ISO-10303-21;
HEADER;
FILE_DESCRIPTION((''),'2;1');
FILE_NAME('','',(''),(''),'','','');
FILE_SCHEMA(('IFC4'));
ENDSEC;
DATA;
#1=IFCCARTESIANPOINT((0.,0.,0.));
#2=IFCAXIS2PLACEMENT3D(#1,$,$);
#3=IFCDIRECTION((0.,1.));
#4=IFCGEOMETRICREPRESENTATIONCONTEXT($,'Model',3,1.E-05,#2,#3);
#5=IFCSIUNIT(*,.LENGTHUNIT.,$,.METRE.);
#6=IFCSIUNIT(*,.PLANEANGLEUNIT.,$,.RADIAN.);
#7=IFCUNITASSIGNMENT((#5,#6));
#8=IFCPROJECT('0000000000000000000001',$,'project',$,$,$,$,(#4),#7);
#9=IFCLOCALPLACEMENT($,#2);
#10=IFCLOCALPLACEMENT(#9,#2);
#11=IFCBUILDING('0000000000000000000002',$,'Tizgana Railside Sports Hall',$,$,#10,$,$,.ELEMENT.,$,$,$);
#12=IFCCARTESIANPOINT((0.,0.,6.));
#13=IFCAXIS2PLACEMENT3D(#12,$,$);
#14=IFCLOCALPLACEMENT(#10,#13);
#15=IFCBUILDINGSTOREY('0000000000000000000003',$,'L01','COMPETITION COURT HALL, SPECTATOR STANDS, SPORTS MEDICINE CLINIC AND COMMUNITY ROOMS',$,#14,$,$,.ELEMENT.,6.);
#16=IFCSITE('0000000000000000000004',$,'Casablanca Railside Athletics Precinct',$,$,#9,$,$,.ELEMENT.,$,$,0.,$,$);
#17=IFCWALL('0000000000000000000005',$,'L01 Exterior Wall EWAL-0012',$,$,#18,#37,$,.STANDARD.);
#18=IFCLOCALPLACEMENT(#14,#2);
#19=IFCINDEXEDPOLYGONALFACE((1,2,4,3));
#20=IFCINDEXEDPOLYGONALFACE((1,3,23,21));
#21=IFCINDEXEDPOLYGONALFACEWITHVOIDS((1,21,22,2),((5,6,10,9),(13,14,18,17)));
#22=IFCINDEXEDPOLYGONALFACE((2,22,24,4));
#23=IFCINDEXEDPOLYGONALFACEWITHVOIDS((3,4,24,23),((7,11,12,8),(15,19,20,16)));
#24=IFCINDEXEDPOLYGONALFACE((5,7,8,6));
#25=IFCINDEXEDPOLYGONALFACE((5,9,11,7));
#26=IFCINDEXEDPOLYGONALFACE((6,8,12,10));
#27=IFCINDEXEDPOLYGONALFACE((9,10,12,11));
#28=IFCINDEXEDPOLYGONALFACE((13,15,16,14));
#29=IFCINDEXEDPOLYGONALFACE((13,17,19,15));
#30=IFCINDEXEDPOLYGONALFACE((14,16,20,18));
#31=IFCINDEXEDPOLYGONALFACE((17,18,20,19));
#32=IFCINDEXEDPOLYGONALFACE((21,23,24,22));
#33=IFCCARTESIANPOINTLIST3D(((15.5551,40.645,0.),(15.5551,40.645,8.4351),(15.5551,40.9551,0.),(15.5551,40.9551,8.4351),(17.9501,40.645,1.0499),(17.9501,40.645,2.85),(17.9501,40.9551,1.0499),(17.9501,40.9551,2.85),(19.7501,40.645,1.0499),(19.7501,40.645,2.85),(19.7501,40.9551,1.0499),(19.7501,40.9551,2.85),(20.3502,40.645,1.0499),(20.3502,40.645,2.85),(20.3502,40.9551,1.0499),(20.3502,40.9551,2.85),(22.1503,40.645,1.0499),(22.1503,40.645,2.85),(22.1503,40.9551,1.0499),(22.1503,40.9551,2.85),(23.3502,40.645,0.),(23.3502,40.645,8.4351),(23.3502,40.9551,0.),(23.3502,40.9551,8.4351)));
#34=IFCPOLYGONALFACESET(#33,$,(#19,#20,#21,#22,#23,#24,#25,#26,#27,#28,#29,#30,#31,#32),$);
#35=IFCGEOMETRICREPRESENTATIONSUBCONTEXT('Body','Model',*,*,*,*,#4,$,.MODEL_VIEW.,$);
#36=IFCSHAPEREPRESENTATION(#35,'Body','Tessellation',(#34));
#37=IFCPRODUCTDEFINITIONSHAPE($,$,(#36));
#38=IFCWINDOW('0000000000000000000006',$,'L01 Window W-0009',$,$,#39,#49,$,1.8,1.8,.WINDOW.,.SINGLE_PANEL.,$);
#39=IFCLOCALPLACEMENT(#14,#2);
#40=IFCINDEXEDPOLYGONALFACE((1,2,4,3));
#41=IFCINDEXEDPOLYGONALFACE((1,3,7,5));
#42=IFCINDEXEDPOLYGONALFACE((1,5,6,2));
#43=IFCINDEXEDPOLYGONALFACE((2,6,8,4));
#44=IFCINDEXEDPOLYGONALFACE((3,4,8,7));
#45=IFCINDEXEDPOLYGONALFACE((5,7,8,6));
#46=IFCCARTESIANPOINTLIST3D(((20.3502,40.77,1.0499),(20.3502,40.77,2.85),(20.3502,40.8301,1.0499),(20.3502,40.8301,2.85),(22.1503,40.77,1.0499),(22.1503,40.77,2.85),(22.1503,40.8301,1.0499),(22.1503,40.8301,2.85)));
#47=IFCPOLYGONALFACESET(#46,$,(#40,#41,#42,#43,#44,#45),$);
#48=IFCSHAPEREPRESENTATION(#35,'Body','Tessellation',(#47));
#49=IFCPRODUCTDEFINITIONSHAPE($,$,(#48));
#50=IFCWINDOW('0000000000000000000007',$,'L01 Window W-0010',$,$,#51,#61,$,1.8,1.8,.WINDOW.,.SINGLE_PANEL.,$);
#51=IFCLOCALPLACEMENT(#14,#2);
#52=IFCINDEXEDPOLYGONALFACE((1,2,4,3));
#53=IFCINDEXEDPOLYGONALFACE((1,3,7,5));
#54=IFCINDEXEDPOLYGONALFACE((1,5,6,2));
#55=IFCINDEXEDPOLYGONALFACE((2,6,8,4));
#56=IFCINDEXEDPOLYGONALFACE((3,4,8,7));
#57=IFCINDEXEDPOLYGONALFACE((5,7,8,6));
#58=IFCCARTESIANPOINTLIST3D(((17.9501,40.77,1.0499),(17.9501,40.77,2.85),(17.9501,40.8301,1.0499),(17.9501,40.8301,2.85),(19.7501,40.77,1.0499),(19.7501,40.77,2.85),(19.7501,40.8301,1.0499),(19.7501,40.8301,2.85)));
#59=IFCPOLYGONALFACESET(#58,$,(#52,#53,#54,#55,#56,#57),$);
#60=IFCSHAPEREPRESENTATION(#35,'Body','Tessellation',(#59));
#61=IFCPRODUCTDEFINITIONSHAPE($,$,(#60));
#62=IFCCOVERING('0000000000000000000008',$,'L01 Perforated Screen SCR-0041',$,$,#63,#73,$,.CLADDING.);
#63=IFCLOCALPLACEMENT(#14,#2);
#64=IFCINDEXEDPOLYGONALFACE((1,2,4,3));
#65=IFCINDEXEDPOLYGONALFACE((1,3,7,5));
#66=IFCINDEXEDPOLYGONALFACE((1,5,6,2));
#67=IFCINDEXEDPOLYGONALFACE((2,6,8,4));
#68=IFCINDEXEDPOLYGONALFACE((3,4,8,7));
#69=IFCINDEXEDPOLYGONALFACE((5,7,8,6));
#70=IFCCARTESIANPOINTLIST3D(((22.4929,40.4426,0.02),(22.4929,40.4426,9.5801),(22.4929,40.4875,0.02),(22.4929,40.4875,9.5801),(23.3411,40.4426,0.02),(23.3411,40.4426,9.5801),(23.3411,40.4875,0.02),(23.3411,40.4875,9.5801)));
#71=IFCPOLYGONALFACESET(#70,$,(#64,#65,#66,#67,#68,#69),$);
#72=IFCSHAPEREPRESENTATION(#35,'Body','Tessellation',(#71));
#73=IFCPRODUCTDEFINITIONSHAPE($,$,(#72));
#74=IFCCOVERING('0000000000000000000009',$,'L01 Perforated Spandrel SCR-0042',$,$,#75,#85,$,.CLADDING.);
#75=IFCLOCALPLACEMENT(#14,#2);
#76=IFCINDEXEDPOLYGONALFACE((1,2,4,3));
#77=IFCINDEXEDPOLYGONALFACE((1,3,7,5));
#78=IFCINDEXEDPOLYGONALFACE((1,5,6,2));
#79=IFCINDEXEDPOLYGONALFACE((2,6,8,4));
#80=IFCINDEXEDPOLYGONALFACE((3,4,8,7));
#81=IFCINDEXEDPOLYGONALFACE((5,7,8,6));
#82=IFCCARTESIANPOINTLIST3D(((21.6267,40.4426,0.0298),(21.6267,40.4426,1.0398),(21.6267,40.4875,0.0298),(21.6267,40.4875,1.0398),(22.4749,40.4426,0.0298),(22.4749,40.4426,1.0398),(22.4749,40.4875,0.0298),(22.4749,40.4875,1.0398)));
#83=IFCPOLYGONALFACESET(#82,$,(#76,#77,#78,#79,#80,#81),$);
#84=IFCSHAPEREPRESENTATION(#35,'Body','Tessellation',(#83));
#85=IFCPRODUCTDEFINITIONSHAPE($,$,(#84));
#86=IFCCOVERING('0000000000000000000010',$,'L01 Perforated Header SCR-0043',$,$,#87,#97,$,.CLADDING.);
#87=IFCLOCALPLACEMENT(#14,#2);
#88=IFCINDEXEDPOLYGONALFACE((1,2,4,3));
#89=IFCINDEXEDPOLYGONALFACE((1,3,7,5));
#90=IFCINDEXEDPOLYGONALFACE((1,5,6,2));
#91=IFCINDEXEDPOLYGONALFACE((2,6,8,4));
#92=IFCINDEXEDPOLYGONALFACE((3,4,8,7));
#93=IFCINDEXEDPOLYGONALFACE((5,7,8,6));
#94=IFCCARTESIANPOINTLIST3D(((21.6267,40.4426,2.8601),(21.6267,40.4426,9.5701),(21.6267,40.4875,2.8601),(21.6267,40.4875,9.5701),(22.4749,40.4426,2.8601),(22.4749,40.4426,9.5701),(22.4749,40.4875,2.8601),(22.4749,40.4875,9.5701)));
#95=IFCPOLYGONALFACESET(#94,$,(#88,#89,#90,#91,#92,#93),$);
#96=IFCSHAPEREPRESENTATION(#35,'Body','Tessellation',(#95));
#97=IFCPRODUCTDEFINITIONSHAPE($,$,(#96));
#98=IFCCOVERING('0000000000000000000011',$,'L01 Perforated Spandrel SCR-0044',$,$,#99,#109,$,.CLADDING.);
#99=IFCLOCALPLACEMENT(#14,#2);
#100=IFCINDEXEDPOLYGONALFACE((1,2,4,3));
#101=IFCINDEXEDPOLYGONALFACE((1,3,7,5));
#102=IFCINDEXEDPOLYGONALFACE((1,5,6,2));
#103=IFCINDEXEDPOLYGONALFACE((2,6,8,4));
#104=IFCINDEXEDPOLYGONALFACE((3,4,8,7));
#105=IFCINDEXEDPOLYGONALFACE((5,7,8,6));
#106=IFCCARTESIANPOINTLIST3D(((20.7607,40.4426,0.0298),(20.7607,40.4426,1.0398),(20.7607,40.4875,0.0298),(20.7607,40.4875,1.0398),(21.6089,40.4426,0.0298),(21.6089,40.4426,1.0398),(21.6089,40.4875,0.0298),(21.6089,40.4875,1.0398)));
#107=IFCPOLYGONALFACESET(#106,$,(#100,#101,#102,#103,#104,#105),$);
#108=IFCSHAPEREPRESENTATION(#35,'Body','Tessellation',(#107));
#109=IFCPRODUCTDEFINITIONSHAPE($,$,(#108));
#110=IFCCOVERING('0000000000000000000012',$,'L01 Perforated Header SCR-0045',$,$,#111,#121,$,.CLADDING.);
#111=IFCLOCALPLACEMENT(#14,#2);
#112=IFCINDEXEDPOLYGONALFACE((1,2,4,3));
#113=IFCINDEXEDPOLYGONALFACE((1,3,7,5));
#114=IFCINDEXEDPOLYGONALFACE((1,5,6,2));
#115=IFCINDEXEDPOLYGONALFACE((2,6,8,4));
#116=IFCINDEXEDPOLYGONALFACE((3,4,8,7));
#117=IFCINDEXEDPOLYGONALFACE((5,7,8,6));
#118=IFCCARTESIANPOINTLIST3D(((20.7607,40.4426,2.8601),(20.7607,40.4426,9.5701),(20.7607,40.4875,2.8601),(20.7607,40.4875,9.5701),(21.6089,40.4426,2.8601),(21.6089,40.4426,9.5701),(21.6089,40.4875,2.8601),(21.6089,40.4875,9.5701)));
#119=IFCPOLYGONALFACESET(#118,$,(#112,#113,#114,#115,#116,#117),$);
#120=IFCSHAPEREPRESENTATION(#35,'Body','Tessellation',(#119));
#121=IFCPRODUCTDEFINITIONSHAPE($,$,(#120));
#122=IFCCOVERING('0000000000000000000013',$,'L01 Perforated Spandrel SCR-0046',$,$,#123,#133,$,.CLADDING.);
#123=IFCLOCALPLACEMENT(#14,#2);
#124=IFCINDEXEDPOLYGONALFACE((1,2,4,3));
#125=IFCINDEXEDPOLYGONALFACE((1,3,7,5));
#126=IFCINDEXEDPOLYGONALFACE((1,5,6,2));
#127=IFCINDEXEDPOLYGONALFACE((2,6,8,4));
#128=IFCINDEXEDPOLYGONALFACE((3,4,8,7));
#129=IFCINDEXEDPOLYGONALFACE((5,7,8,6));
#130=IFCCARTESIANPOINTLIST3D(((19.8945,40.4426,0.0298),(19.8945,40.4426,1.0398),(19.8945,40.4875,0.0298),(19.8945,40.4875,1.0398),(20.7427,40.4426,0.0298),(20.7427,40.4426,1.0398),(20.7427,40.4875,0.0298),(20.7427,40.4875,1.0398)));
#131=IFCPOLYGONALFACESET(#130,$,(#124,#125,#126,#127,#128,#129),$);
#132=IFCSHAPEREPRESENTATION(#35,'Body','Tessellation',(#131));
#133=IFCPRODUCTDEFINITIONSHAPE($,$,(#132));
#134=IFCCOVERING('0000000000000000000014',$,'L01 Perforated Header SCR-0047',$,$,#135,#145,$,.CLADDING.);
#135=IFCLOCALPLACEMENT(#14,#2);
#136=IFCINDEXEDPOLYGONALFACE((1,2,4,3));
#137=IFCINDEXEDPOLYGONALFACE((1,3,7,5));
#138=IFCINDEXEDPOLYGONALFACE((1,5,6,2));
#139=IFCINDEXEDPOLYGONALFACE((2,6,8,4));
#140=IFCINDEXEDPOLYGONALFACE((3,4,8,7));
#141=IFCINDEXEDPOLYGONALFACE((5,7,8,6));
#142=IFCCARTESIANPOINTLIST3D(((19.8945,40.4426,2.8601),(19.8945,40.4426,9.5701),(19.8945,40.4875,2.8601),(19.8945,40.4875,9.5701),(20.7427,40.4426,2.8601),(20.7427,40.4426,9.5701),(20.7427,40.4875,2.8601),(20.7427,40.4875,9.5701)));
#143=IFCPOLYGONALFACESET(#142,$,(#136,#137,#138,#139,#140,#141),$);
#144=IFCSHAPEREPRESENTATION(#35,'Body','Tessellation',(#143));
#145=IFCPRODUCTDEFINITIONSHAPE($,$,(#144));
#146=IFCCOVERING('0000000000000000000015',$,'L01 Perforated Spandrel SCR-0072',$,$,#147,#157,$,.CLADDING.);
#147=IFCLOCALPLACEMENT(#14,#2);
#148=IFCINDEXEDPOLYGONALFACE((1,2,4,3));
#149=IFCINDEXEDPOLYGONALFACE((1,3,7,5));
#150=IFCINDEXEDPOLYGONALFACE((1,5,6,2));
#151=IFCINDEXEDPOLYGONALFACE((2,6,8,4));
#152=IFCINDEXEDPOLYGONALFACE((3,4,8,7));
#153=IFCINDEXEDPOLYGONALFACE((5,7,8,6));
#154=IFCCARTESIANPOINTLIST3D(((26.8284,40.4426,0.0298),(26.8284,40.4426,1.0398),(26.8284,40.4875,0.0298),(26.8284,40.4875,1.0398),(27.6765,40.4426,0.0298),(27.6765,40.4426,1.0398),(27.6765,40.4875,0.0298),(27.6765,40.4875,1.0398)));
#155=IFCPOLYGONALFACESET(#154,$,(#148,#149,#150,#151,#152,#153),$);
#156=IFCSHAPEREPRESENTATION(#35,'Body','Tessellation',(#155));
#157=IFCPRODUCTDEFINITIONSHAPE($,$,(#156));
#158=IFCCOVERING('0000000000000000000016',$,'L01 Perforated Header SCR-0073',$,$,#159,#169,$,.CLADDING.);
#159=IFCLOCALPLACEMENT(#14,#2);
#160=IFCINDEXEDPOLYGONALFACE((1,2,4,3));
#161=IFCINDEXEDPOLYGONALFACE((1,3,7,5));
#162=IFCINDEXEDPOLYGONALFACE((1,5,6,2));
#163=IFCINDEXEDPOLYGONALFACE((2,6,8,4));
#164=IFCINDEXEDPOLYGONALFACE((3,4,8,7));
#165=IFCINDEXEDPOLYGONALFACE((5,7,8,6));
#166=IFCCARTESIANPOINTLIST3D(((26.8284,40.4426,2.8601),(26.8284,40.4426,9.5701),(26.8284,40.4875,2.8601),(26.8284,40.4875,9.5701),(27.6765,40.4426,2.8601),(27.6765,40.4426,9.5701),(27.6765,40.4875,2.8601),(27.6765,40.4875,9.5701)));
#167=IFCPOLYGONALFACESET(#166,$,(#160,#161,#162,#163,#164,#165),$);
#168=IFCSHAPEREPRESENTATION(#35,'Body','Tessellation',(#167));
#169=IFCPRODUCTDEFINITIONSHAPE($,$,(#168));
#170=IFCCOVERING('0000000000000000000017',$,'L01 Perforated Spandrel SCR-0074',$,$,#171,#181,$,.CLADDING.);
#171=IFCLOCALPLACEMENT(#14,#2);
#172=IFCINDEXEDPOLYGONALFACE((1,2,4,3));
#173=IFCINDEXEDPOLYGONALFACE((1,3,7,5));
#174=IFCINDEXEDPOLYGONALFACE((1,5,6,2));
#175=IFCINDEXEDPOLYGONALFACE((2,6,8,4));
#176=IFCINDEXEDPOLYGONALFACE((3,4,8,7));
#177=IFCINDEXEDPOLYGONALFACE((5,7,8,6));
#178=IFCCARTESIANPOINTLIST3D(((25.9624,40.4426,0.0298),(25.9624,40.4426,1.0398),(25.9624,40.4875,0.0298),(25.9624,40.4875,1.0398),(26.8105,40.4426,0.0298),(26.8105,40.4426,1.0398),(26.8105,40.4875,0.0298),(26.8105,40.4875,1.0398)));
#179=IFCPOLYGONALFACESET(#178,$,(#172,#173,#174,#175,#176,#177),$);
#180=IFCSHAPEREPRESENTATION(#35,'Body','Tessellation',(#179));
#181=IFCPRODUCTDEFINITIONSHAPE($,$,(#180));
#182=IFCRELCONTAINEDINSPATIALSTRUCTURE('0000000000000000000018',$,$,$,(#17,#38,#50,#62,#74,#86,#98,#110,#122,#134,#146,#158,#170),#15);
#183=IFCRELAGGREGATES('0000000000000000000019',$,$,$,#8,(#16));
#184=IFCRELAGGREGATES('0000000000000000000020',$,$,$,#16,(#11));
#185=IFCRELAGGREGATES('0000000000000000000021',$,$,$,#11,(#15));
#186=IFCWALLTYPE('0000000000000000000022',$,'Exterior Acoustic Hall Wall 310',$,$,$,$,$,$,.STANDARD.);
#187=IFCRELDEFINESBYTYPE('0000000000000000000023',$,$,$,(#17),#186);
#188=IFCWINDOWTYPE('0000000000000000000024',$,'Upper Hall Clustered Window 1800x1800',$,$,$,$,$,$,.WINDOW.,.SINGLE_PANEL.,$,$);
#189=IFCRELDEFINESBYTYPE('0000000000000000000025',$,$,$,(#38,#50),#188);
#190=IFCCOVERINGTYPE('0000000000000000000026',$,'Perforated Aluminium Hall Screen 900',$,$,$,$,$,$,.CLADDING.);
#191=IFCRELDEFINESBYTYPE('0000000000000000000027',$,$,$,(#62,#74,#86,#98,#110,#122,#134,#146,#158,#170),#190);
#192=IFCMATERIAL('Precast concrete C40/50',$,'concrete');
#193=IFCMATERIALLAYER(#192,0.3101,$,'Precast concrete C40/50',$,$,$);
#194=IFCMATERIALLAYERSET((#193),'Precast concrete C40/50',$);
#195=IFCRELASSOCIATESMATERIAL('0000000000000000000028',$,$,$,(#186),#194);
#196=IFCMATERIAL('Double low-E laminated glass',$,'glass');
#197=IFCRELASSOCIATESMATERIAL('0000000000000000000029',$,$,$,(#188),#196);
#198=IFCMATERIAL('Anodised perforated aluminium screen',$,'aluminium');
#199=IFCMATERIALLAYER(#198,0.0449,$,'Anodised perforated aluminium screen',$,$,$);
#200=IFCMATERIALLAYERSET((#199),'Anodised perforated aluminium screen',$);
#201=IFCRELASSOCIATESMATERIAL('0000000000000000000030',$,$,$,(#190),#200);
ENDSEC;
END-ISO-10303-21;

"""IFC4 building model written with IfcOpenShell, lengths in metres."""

from ifc_helpers import new_model, si_unit, direction, frame, frame_2d, origin, origin_2d, place, context, subcontext, project, spatial, rectangle, extrude, material, layer, layer_set, type_object, element, fill, save


model = new_model("IFC4")

# Units and contexts
model_context = context("Model", 3, precision=1e-05, world=origin(), true_north=direction((0.0, 1.0)))
body_context = subcontext(model_context, "Body", "Model", "MODEL_VIEW")
ifc_project = project(units=[si_unit("LENGTHUNIT", "METRE"), si_unit("PLANEANGLEUNIT", "RADIAN")], contexts=[model_context])

# Site, building, storey
site_placement = place(None, origin())
site = spatial("IfcSite", under=ifc_project, at=site_placement, Name="Casablanca Railside Athletics Precinct", CompositionType="ELEMENT", RefElevation=0.0)
building_placement = place(site_placement, origin())
building = spatial("IfcBuilding", under=site, at=building_placement, Name="Tizgana Railside Sports Hall", CompositionType="ELEMENT")
storey_placement = place(building_placement, frame((0.0, 0.0, 6.0)))
storey = spatial("IfcBuildingStorey", under=building, at=storey_placement, Name="L01", Description="COMPETITION COURT HALL, SPECTATOR STANDS, SPORTS MEDICINE CLINIC AND COMMUNITY ROOMS", CompositionType="ELEMENT", Elevation=6.0)

# Wall, openings, windows
ifc_material_1 = material(Name="Precast concrete C40/50", Category="concrete")
ifc_layer_1 = layer(ifc_material_1, 0.3101, Name="Precast concrete C40/50")
ifc_layer_set_1 = layer_set([ifc_layer_1], Name="Precast concrete C40/50")
wall_type = type_object("IfcWallType", Name="Exterior Acoustic Hall Wall 310", PredefinedType="STANDARD", material=ifc_layer_set_1)
wall_placement = place(storey_placement, frame((23.3501, 40.8, 0.0), z_axis=(0.0, 0.0, 1.0), x_axis=(-1.0, 0.0, 0.0)))
wall = element("IfcWall", 1, at=wall_placement, inside=storey, type_object=wall_type, Name="L01 Exterior Wall EWAL-0012", PredefinedType="STANDARD", context=body_context, shape_type="SweptSolid", body=[
    extrude(rectangle(XDim=7.7952, YDim=0.3101, at=frame_2d((3.8975, 0.0))), origin(), (0.0, 0.0, 1.0), 8.4351),
])
opening_1_placement = place(wall_placement, frame((1.2, 0.0, 1.05)))
opening_1 = element("IfcOpeningElement", 2, at=opening_1_placement, cuts=wall, PredefinedType="OPENING", context=body_context, shape_type="SweptSolid", body=[
    extrude(rectangle(XDim=1.8, YDim=1.8, at=frame_2d((0.8999, 0.8999))), frame((0.0, 0.165, 0.0), z_axis=(0.0, -1.0, 0.0), x_axis=(1.0, 0.0, 0.0)), (0.0, 0.0, 1.0), 0.3301),
])
opening_2_placement = place(wall_placement, frame((3.6001, 0.0, 1.05)))
opening_2 = element("IfcOpeningElement", 3, at=opening_2_placement, cuts=wall, PredefinedType="OPENING", context=body_context, shape_type="SweptSolid", body=[
    extrude(rectangle(XDim=1.8, YDim=1.8, at=frame_2d((0.8999, 0.8999))), frame((0.0, 0.165, 0.0), z_axis=(0.0, -1.0, 0.0), x_axis=(1.0, 0.0, 0.0)), (0.0, 0.0, 1.0), 0.3301),
])
ifc_material_2 = material(Name="Double low-E laminated glass", Category="glass")
window_type = type_object("IfcWindowType", Name="Upper Hall Clustered Window 1800x1800", PartitioningType="SINGLE_PANEL", PredefinedType="WINDOW", material=ifc_material_2)
window_1_placement = place(opening_1_placement, origin())
window_1 = element("IfcWindow", 4, at=window_1_placement, inside=storey, type_object=window_type, Name="L01 Window W-0009", OverallHeight=1.8, OverallWidth=1.8, PartitioningType="SINGLE_PANEL", PredefinedType="WINDOW", context=body_context, shape_type="SweptSolid", body=[
    extrude(rectangle(XDim=1.8, YDim=1.8, at=frame_2d((0.8999, 0.8999))), frame((0.0, 0.03, 0.0), z_axis=(0.0, -1.0, 0.0), x_axis=(1.0, 0.0, 0.0)), (0.0, 0.0, 1.0), 0.0601),
])
fill(opening_1, window_1)
window_2_placement = place(opening_2_placement, origin())
window_2 = element("IfcWindow", 5, at=window_2_placement, inside=storey, type_object=window_type, Name="L01 Window W-0010", OverallHeight=1.8, OverallWidth=1.8, PartitioningType="SINGLE_PANEL", PredefinedType="WINDOW", context=body_context, shape_type="SweptSolid", body=[
    extrude(rectangle(XDim=1.8, YDim=1.8, at=frame_2d((0.8999, 0.8999))), frame((0.0, 0.03, 0.0), z_axis=(0.0, -1.0, 0.0), x_axis=(1.0, 0.0, 0.0)), (0.0, 0.0, 1.0), 0.0601),
])
fill(opening_2, window_2)

# Coverings
ifc_material_3 = material(Name="Anodised perforated aluminium screen", Category="aluminium")
ifc_layer_2 = layer(ifc_material_3, 0.0449, Name="Anodised perforated aluminium screen")
ifc_layer_set_2 = layer_set([ifc_layer_2], Name="Anodised perforated aluminium screen")
covering_type = type_object("IfcCoveringType", Name="Perforated Aluminium Hall Screen 900", PredefinedType="CLADDING", material=ifc_layer_set_2)
covering_1_placement = place(storey_placement, frame((22.917, 40.4651, 0.02), z_axis=(0.0, 0.0, 1.0), x_axis=(-1.0, 0.0, 0.0)))
element("IfcCovering", 6, at=covering_1_placement, inside=storey, type_object=covering_type, Name="L01 Perforated Screen SCR-0041", PredefinedType="CLADDING", context=body_context, shape_type="SweptSolid", body=[
    extrude(rectangle(XDim=0.8481, YDim=0.0449, at=origin_2d()), origin(), (0.0, 0.0, 1.0), 9.5601),
])
covering_2_placement = place(storey_placement, frame((22.0508, 40.4651, 0.0298), z_axis=(0.0, 0.0, 1.0), x_axis=(-1.0, 0.0, 0.0)))
element("IfcCovering", 7, at=covering_2_placement, inside=storey, type_object=covering_type, Name="L01 Perforated Spandrel SCR-0042", PredefinedType="CLADDING", context=body_context, shape_type="SweptSolid", body=[
    extrude(rectangle(XDim=0.8481, YDim=0.0449, at=origin_2d()), origin(), (0.0, 0.0, 1.0), 1.01),
])
covering_3_placement = place(storey_placement, frame((22.0508, 40.4651, 2.8601), z_axis=(0.0, 0.0, 1.0), x_axis=(-1.0, 0.0, 0.0)))
element("IfcCovering", 8, at=covering_3_placement, inside=storey, type_object=covering_type, Name="L01 Perforated Header SCR-0043", PredefinedType="CLADDING", context=body_context, shape_type="SweptSolid", body=[
    extrude(rectangle(XDim=0.8481, YDim=0.0449, at=origin_2d()), origin(), (0.0, 0.0, 1.0), 6.71),
])
covering_4_placement = place(storey_placement, frame((21.1848, 40.4651, 0.0298), z_axis=(0.0, 0.0, 1.0), x_axis=(-1.0, 0.0, 0.0)))
element("IfcCovering", 9, at=covering_4_placement, inside=storey, type_object=covering_type, Name="L01 Perforated Spandrel SCR-0044", PredefinedType="CLADDING", context=body_context, shape_type="SweptSolid", body=[
    extrude(rectangle(XDim=0.8481, YDim=0.0449, at=origin_2d()), origin(), (0.0, 0.0, 1.0), 1.01),
])
covering_5_placement = place(storey_placement, frame((21.1848, 40.4651, 2.8601), z_axis=(0.0, 0.0, 1.0), x_axis=(-1.0, 0.0, 0.0)))
element("IfcCovering", 10, at=covering_5_placement, inside=storey, type_object=covering_type, Name="L01 Perforated Header SCR-0045", PredefinedType="CLADDING", context=body_context, shape_type="SweptSolid", body=[
    extrude(rectangle(XDim=0.8481, YDim=0.0449, at=origin_2d()), origin(), (0.0, 0.0, 1.0), 6.71),
])
covering_6_placement = place(storey_placement, frame((20.3186, 40.4651, 0.0298), z_axis=(0.0, 0.0, 1.0), x_axis=(-1.0, 0.0, 0.0)))
element("IfcCovering", 11, at=covering_6_placement, inside=storey, type_object=covering_type, Name="L01 Perforated Spandrel SCR-0046", PredefinedType="CLADDING", context=body_context, shape_type="SweptSolid", body=[
    extrude(rectangle(XDim=0.8481, YDim=0.0449, at=origin_2d()), origin(), (0.0, 0.0, 1.0), 1.01),
])
covering_7_placement = place(storey_placement, frame((20.3186, 40.4651, 2.8601), z_axis=(0.0, 0.0, 1.0), x_axis=(-1.0, 0.0, 0.0)))
element("IfcCovering", 12, at=covering_7_placement, inside=storey, type_object=covering_type, Name="L01 Perforated Header SCR-0047", PredefinedType="CLADDING", context=body_context, shape_type="SweptSolid", body=[
    extrude(rectangle(XDim=0.8481, YDim=0.0449, at=origin_2d()), origin(), (0.0, 0.0, 1.0), 6.71),
])
covering_8_placement = place(storey_placement, frame((27.2524, 40.4651, 0.0298), z_axis=(0.0, 0.0, 1.0), x_axis=(-1.0, 0.0, 0.0)))
element("IfcCovering", 13, at=covering_8_placement, inside=storey, type_object=covering_type, Name="L01 Perforated Spandrel SCR-0072", PredefinedType="CLADDING", context=body_context, shape_type="SweptSolid", body=[
    extrude(rectangle(XDim=0.8481, YDim=0.0449, at=origin_2d()), origin(), (0.0, 0.0, 1.0), 1.01),
])
covering_9_placement = place(storey_placement, frame((27.2524, 40.4651, 2.8601), z_axis=(0.0, 0.0, 1.0), x_axis=(-1.0, 0.0, 0.0)))
element("IfcCovering", 14, at=covering_9_placement, inside=storey, type_object=covering_type, Name="L01 Perforated Header SCR-0073", PredefinedType="CLADDING", context=body_context, shape_type="SweptSolid", body=[
    extrude(rectangle(XDim=0.8481, YDim=0.0449, at=origin_2d()), origin(), (0.0, 0.0, 1.0), 6.71),
])
covering_10_placement = place(storey_placement, frame((26.3865, 40.4651, 0.0298), z_axis=(0.0, 0.0, 1.0), x_axis=(-1.0, 0.0, 0.0)))
element("IfcCovering", 15, at=covering_10_placement, inside=storey, type_object=covering_type, Name="L01 Perforated Spandrel SCR-0074", PredefinedType="CLADDING", context=body_context, shape_type="SweptSolid", body=[
    extrude(rectangle(XDim=0.8481, YDim=0.0449, at=origin_2d()), origin(), (0.0, 0.0, 1.0), 1.01),
])

save(model, "model.ifc")
